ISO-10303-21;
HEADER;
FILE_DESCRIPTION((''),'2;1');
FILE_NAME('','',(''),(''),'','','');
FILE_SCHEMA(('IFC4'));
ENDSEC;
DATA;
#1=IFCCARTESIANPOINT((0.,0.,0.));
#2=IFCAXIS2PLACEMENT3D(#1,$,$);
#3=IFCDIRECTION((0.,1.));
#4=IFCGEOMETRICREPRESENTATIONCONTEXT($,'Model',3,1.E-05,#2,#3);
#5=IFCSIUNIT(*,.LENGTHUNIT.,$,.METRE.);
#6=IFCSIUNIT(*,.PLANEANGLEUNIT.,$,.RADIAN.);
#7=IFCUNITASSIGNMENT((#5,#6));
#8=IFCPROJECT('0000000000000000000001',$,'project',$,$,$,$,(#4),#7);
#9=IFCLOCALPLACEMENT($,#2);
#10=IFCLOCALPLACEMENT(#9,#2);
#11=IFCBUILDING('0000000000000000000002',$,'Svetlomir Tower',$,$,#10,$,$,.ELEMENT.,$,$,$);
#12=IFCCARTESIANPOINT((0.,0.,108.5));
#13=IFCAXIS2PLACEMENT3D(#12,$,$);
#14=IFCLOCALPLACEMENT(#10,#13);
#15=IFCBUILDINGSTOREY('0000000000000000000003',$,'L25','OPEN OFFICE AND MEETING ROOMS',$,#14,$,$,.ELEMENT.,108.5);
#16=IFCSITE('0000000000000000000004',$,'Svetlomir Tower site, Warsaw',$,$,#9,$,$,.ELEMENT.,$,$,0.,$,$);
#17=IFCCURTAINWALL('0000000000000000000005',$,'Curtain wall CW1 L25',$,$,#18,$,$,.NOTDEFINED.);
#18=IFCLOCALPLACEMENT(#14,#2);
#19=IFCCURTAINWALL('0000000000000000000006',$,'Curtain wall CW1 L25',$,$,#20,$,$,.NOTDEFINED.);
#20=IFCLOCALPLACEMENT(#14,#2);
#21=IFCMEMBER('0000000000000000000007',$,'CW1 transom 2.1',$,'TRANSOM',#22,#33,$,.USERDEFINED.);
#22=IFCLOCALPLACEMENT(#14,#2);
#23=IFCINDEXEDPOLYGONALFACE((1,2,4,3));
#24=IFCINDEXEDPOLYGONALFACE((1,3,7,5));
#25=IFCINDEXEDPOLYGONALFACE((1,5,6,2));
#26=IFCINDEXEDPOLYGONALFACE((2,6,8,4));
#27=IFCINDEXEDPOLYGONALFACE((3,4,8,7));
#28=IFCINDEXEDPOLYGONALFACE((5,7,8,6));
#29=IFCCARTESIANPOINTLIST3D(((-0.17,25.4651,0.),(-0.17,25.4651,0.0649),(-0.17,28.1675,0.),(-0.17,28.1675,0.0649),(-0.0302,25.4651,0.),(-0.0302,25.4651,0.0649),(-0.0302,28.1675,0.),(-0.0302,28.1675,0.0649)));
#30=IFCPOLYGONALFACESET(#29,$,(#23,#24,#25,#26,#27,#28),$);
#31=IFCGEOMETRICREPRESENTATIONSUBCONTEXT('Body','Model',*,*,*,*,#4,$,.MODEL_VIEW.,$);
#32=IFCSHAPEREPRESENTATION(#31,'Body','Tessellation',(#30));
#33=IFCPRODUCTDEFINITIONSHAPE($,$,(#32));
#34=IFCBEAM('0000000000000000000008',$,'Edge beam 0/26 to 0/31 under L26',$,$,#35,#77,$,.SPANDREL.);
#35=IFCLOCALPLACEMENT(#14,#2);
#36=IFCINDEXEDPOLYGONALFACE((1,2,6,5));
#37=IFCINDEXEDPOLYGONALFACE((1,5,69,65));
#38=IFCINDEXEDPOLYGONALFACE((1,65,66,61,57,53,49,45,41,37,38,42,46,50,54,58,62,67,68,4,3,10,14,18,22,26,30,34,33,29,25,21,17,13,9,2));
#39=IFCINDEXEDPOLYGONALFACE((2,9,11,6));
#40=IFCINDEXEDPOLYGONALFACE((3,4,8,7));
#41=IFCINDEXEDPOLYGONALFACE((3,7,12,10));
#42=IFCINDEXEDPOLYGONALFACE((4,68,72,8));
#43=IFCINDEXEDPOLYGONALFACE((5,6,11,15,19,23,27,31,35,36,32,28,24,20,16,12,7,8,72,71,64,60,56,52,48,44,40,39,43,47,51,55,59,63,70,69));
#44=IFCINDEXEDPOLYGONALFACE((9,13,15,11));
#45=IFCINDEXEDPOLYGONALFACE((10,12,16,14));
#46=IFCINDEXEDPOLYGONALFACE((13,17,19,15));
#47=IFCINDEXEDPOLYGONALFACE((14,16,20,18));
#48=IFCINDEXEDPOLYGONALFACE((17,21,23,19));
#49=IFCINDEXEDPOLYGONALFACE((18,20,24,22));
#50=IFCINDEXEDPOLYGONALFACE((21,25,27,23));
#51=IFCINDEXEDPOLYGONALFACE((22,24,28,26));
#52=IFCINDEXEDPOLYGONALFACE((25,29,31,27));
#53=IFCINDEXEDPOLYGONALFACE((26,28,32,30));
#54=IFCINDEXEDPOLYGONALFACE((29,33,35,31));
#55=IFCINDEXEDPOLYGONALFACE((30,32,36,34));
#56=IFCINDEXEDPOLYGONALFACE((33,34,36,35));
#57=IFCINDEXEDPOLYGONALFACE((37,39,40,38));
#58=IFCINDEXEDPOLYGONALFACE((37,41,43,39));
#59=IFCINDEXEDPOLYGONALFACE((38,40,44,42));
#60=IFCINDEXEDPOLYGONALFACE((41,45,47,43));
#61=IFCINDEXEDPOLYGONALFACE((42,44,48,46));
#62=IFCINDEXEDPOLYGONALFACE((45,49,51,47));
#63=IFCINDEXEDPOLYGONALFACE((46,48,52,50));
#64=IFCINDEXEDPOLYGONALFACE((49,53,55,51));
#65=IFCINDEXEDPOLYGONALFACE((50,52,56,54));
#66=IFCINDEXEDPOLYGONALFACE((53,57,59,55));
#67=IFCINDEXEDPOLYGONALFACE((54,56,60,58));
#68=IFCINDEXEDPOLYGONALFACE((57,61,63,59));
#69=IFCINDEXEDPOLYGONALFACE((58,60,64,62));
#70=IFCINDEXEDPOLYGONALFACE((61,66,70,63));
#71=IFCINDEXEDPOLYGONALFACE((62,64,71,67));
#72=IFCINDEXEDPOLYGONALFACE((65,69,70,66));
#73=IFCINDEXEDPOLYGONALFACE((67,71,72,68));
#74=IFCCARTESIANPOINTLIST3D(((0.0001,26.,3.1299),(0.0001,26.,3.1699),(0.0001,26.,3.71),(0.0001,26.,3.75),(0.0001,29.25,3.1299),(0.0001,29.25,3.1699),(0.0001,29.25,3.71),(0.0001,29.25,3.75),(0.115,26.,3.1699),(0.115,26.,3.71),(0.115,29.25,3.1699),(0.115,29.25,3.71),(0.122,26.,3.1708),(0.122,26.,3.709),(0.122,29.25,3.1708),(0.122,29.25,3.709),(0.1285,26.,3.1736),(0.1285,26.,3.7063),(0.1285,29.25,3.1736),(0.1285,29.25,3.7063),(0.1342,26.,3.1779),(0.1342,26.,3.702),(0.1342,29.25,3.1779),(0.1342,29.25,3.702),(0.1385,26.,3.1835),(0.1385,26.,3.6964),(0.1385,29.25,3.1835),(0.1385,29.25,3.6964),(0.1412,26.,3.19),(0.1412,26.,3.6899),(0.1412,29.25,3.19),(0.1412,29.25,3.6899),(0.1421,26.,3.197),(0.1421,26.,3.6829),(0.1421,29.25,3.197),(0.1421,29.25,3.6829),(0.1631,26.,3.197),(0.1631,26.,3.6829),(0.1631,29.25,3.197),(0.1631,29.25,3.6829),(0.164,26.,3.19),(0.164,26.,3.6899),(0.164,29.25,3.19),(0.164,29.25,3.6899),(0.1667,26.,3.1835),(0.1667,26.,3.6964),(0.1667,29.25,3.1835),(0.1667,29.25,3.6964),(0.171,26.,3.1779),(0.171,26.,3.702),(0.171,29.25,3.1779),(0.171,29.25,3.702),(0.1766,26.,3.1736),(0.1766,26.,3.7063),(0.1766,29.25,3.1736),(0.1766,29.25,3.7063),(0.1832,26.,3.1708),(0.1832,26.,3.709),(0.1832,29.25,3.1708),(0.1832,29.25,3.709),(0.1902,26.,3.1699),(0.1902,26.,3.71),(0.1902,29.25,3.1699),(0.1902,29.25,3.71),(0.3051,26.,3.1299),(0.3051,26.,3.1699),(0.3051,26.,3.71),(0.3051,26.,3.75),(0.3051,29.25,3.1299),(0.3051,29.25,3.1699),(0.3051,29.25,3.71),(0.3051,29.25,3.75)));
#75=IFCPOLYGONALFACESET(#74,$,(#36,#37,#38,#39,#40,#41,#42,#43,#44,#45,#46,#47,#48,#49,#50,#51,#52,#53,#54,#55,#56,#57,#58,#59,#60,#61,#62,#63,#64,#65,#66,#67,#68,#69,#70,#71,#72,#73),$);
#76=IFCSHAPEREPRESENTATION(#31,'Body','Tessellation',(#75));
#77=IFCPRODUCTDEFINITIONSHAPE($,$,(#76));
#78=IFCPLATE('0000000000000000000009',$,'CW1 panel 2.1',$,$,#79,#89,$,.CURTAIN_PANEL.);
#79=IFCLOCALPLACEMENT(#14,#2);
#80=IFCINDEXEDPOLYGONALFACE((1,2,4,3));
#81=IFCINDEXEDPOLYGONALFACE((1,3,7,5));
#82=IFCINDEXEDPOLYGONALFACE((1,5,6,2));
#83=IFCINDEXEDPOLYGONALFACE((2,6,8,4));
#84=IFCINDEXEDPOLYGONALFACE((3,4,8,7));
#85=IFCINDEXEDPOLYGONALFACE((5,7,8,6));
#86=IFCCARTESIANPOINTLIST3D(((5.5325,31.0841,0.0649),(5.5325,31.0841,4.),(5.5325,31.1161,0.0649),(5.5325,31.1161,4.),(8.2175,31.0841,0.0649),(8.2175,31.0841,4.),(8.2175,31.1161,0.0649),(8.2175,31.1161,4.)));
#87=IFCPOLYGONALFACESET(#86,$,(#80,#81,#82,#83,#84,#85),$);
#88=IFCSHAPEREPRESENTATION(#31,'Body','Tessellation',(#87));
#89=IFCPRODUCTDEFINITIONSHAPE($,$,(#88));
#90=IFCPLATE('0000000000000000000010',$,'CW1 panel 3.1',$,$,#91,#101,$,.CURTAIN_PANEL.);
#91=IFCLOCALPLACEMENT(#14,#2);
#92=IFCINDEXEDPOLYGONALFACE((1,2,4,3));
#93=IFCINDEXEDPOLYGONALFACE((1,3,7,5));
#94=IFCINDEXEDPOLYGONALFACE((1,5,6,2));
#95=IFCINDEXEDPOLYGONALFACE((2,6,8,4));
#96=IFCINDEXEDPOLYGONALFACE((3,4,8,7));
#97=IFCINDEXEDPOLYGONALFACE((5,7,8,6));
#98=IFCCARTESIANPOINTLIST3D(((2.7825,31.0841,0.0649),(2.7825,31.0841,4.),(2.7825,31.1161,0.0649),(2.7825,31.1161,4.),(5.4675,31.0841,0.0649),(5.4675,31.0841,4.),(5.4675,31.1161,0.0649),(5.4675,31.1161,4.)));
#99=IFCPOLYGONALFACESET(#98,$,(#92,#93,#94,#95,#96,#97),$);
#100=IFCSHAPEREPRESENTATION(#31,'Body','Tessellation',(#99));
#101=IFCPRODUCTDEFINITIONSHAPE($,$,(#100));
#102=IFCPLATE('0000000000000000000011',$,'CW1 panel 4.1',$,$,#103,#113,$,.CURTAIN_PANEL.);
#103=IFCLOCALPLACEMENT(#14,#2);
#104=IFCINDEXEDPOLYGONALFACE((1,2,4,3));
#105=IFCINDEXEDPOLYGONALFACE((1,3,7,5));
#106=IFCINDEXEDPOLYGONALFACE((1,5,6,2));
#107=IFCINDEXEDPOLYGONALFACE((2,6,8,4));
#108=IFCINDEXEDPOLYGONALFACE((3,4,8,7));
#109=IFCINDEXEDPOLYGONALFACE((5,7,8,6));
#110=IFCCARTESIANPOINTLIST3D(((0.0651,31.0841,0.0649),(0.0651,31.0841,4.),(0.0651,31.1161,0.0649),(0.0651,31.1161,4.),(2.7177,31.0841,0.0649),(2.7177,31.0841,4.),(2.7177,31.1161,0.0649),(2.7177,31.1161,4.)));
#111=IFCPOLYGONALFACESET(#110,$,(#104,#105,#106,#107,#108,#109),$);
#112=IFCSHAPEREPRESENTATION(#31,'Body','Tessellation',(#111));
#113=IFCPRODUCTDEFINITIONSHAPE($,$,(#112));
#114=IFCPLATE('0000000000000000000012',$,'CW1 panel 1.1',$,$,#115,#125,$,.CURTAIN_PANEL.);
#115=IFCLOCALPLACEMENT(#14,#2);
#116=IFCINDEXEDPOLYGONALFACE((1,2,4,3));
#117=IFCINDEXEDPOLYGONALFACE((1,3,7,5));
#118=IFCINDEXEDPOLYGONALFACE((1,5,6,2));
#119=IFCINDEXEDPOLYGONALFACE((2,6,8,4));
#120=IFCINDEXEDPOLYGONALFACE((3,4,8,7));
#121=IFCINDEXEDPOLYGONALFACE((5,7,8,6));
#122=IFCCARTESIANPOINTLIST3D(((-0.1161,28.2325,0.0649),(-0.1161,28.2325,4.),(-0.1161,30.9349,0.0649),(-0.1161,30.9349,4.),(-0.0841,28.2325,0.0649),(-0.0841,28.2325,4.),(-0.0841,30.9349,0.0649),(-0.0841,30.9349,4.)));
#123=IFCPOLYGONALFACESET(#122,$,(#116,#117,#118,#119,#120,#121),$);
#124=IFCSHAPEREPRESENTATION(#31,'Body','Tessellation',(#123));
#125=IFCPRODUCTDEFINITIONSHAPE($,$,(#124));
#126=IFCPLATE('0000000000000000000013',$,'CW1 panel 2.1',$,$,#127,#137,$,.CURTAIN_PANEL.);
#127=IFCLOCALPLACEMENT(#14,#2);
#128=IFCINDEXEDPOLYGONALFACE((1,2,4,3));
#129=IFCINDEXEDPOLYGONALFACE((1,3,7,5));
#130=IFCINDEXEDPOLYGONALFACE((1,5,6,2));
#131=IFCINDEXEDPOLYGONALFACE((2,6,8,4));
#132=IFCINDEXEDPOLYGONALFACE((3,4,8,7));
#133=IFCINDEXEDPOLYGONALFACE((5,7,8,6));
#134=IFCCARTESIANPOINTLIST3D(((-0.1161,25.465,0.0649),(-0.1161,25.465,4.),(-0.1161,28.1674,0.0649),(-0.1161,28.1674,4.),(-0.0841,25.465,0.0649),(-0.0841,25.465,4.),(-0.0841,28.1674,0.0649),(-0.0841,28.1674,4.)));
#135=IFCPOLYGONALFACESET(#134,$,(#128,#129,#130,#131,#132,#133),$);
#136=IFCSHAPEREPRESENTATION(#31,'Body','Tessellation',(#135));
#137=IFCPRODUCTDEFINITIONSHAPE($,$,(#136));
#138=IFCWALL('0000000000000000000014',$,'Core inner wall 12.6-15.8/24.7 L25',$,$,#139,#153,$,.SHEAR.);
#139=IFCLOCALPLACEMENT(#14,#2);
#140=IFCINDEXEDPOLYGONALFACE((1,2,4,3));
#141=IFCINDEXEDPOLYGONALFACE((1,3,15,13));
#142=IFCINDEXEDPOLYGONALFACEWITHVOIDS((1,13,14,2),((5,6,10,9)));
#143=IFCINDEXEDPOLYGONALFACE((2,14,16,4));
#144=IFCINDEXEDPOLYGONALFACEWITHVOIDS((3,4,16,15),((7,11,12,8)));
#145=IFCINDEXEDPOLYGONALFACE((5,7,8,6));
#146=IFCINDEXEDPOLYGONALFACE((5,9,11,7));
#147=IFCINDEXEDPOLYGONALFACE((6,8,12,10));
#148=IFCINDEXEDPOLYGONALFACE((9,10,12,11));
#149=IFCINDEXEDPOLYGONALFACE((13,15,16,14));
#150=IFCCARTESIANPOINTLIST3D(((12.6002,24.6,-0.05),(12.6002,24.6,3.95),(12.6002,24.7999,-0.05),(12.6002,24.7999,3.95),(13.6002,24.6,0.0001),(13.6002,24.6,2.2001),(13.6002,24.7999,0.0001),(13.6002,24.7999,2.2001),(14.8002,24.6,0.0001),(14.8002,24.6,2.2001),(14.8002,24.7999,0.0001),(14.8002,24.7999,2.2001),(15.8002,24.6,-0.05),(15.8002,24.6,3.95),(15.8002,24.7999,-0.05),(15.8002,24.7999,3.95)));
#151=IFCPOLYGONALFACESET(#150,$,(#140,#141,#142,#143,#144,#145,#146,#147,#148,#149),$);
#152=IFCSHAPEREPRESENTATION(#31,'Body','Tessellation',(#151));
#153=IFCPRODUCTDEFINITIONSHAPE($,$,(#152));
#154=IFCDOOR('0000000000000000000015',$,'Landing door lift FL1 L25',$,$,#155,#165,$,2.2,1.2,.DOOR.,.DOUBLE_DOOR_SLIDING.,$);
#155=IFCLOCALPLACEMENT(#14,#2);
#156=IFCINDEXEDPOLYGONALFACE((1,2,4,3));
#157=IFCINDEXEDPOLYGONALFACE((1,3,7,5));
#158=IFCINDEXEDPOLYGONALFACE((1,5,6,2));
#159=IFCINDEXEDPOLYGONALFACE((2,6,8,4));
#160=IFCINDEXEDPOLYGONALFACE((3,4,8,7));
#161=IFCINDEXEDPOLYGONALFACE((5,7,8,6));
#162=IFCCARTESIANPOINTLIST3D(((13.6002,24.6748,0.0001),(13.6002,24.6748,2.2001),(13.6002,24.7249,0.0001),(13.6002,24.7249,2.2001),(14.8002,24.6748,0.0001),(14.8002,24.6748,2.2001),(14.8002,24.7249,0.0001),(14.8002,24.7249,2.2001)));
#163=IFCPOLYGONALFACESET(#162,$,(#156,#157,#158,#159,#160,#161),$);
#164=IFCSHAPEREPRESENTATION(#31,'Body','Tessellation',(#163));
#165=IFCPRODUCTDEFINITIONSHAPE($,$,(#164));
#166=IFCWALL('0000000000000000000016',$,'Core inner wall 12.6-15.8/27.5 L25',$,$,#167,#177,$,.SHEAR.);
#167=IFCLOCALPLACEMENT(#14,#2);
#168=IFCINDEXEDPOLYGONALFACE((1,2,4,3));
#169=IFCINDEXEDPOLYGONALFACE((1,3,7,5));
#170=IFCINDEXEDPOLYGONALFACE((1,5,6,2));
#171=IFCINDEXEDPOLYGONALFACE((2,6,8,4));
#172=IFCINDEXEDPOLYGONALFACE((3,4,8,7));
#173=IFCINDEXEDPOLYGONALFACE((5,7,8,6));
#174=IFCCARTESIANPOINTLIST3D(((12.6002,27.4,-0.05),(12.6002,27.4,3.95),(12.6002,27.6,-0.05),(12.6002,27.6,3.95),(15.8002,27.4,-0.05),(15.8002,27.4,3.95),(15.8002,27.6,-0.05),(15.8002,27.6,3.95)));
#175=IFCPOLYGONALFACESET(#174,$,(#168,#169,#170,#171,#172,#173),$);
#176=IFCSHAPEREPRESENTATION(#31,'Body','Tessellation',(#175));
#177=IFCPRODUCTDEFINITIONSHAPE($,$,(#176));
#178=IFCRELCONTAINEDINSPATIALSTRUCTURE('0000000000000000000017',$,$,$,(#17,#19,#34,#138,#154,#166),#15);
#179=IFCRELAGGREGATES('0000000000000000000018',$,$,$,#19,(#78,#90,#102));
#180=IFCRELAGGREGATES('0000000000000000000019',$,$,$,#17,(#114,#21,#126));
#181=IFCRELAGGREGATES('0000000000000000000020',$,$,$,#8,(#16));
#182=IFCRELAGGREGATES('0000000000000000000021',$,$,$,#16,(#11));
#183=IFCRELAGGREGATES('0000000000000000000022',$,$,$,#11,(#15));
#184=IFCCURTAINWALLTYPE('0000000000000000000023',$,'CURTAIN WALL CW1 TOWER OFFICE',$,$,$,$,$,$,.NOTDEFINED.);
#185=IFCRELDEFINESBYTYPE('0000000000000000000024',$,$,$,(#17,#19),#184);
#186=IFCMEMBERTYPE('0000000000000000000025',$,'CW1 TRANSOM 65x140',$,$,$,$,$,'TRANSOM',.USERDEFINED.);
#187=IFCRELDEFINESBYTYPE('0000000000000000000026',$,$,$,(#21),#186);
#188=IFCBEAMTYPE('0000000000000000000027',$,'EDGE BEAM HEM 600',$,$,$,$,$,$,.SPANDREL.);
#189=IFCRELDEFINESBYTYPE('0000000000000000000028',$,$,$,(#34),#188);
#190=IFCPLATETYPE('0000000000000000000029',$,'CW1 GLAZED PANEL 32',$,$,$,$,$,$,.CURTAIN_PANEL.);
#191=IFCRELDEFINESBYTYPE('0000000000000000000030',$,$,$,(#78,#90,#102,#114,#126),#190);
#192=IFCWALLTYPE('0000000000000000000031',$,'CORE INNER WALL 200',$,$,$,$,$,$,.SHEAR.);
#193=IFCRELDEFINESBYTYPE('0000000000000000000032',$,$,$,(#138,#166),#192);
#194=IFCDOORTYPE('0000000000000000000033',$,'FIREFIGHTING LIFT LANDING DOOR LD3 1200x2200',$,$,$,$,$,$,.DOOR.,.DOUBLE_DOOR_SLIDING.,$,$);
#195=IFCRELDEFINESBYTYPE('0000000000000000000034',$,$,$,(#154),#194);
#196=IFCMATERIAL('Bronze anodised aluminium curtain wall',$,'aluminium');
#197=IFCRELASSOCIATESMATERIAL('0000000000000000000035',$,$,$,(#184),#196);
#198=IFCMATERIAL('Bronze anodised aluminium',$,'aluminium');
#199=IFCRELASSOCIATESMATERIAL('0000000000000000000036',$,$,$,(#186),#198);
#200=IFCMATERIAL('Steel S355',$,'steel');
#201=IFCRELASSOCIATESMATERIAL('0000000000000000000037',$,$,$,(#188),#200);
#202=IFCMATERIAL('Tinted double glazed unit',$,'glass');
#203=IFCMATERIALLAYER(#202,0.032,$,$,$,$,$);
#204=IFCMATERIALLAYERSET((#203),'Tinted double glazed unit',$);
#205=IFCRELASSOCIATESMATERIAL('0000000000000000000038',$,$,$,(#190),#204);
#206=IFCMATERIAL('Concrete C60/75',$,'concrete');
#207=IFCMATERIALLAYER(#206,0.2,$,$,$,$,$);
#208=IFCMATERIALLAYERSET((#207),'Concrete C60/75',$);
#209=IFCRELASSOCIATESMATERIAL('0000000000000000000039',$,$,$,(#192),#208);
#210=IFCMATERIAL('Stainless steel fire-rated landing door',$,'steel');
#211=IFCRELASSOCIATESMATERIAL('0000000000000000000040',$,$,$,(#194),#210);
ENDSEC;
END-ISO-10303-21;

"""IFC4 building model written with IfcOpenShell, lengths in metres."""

from ifc_helpers import new_model, si_unit, direction, frame, frame_2d, origin, origin_2d, place, context, subcontext, project, spatial, rectangle, i_section, extrude, material, layer, layer_set, material_profile, profile_set, type_object, element, fill, aggregate, save


model = new_model("IFC4")

# Units and contexts
model_context = context("Model", 3, precision=1e-05, world=origin(), true_north=direction((0.0, 1.0)))
body_context = subcontext(model_context, "Body", "Model", "MODEL_VIEW")
ifc_project = project(units=[si_unit("LENGTHUNIT", "METRE"), si_unit("PLANEANGLEUNIT", "RADIAN")], contexts=[model_context])

# Site, building, storey
site_placement = place(None, origin())
site = spatial("IfcSite", under=ifc_project, at=site_placement, Name="Svetlomir Tower site, Warsaw", CompositionType="ELEMENT", RefElevation=0.0)
building_placement = place(site_placement, origin())
building = spatial("IfcBuilding", under=site, at=building_placement, Name="Svetlomir Tower", CompositionType="ELEMENT")
storey_placement = place(building_placement, frame((0.0, 0.0, 108.5)))
storey = spatial("IfcBuildingStorey", under=building, at=storey_placement, Name="L25", Description="OPEN OFFICE AND MEETING ROOMS", CompositionType="ELEMENT", Elevation=108.5)

# Curtain wall
ifc_material_1 = material(Name="Bronze anodised aluminium curtain wall", Category="aluminium")
curtain_wall_type = type_object("IfcCurtainWallType", Name="CURTAIN WALL CW1 TOWER OFFICE", PredefinedType="NOTDEFINED", material=ifc_material_1)
curtain_wall_1_placement = place(storey_placement, origin())
curtain_wall_1 = element("IfcCurtainWall", 1, at=curtain_wall_1_placement, inside=storey, type_object=curtain_wall_type, Name="Curtain wall CW1 L25", PredefinedType="NOTDEFINED")

# Curtain wall
curtain_wall_2_placement = place(storey_placement, origin())
curtain_wall_2 = element("IfcCurtainWall", 2, at=curtain_wall_2_placement, inside=storey, type_object=curtain_wall_type, Name="Curtain wall CW1 L25", PredefinedType="NOTDEFINED")

# Member
ifc_material_2 = material(Name="Bronze anodised aluminium", Category="aluminium")
ifc_material_profile_1 = material_profile(ifc_material_2, rectangle(XDim=0.1399, YDim=0.0649, at=origin_2d()), Name="AL 140x65")
ifc_profile_set_1 = profile_set([ifc_material_profile_1], Name="Bronze anodised aluminium 6063-T6")
member_type_1 = type_object("IfcMemberType", Name="CW1 TRANSOM 65x140", ElementType="TRANSOM", PredefinedType="USERDEFINED", material=ifc_profile_set_1)
member_1_placement = place(storey_placement, frame((-0.1001, 28.1675, 0.0325), z_axis=(0.0, -1.0, 0.0), x_axis=(1.0, 0.0, 0.0)))
member_1 = element("IfcMember", 3, at=member_1_placement, type_object=member_type_1, Name="CW1 transom 2.1", ObjectType="TRANSOM", PredefinedType="USERDEFINED", context=body_context, shape_type="SweptSolid", body=[
    extrude(rectangle(XDim=0.1399, YDim=0.0649, at=origin_2d()), origin(), (0.0, 0.0, 1.0), 2.7024),
])

# Beam
ifc_material_3 = material(Name="Steel S355", Category="steel")
ifc_material_profile_2 = material_profile(ifc_material_3, i_section(OverallWidth=0.3049, OverallDepth=0.6201, WebThickness=0.021, FlangeThickness=0.04, FilletRadius=0.0271, at=origin_2d()), Name="HEM 600")
ifc_profile_set_2 = profile_set([ifc_material_profile_2], Name="Steel S355")
beam_type_1 = type_object("IfcBeamType", Name="EDGE BEAM HEM 600", PredefinedType="SPANDREL", material=ifc_profile_set_2)
beam_1_placement = place(storey_placement, frame((0.1526, 26.0, 3.4399), z_axis=(0.0, 1.0, 0.0), x_axis=(-1.0, 0.0, 0.0)))
element("IfcBeam", 4, at=beam_1_placement, inside=storey, type_object=beam_type_1, Name="Edge beam 0/26 to 0/31 under L26", PredefinedType="SPANDREL", context=body_context, shape_type="SweptSolid", body=[
    extrude(i_section(OverallWidth=0.3049, OverallDepth=0.6201, WebThickness=0.021, FlangeThickness=0.04, FilletRadius=0.0271, at=origin_2d()), origin(), (0.0, 0.0, 1.0), 3.25),
])

# Plates
ifc_material_4 = material(Name="Tinted double glazed unit", Category="glass")
ifc_layer_1 = layer(ifc_material_4, 0.032)
ifc_layer_set_1 = layer_set([ifc_layer_1], Name="Tinted double glazed unit")
plate_type = type_object("IfcPlateType", Name="CW1 GLAZED PANEL 32", PredefinedType="CURTAIN_PANEL", material=ifc_layer_set_1)
plate_1_placement = place(storey_placement, frame((6.875, 31.1001, 0.0649), z_axis=(0.0, 0.0, 1.0), x_axis=(-1.0, 0.0, 0.0)))
plate_1 = element("IfcPlate", 5, at=plate_1_placement, type_object=plate_type, Name="CW1 panel 2.1", PredefinedType="CURTAIN_PANEL", context=body_context, shape_type="SweptSolid", body=[
    extrude(rectangle(XDim=2.6851, YDim=0.032, at=origin_2d()), origin(), (0.0, 0.0, 1.0), 3.9351),
])
plate_2_placement = place(storey_placement, frame((4.125, 31.1001, 0.0649), z_axis=(0.0, 0.0, 1.0), x_axis=(-1.0, 0.0, 0.0)))
plate_2 = element("IfcPlate", 6, at=plate_2_placement, type_object=plate_type, Name="CW1 panel 3.1", PredefinedType="CURTAIN_PANEL", context=body_context, shape_type="SweptSolid", body=[
    extrude(rectangle(XDim=2.6851, YDim=0.032, at=origin_2d()), origin(), (0.0, 0.0, 1.0), 3.9351),
])
plate_3_placement = place(storey_placement, frame((1.3914, 31.1001, 0.0649), z_axis=(0.0, 0.0, 1.0), x_axis=(-1.0, 0.0, 0.0)))
plate_3 = element("IfcPlate", 7, at=plate_3_placement, type_object=plate_type, Name="CW1 panel 4.1", PredefinedType="CURTAIN_PANEL", context=body_context, shape_type="SweptSolid", body=[
    extrude(rectangle(XDim=2.6526, YDim=0.032, at=origin_2d()), origin(), (0.0, 0.0, 1.0), 3.9351),
])
aggregate(curtain_wall_2, [plate_1, plate_2, plate_3])
plate_4_placement = place(storey_placement, frame((-0.1001, 29.5837, 0.0649), z_axis=(0.0, 0.0, 1.0), x_axis=(0.0, -1.0, 0.0)))
plate_4 = element("IfcPlate", 8, at=plate_4_placement, type_object=plate_type, Name="CW1 panel 1.1", PredefinedType="CURTAIN_PANEL", context=body_context, shape_type="SweptSolid", body=[
    extrude(rectangle(XDim=2.7024, YDim=0.032, at=origin_2d()), origin(), (0.0, 0.0, 1.0), 3.9351),
])
plate_5_placement = place(storey_placement, frame((-0.1001, 26.8162, 0.0649), z_axis=(0.0, 0.0, 1.0), x_axis=(0.0, -1.0, 0.0)))
plate_5 = element("IfcPlate", 9, at=plate_5_placement, type_object=plate_type, Name="CW1 panel 2.1", PredefinedType="CURTAIN_PANEL", context=body_context, shape_type="SweptSolid", body=[
    extrude(rectangle(XDim=2.7024, YDim=0.032, at=origin_2d()), origin(), (0.0, 0.0, 1.0), 3.9351),
])
aggregate(curtain_wall_1, [plate_4, member_1, plate_5])

# Wall, opening, door
ifc_material_5 = material(Name="Concrete C60/75", Category="concrete")
ifc_layer_2 = layer(ifc_material_5, 0.2)
ifc_layer_set_2 = layer_set([ifc_layer_2], Name="Concrete C60/75")
wall_type_1 = type_object("IfcWallType", Name="CORE INNER WALL 200", PredefinedType="SHEAR", material=ifc_layer_set_2)
wall_1_placement = place(storey_placement, frame((12.6001, 24.7, -0.05), z_axis=(0.0, 0.0, 1.0), x_axis=(1.0, 0.0, 0.0)))
wall_1 = element("IfcWall", 10, at=wall_1_placement, inside=storey, type_object=wall_type_1, Name="Core inner wall 12.6-15.8/24.7 L25", PredefinedType="SHEAR", context=body_context, shape_type="SweptSolid", body=[
    extrude(rectangle(XDim=3.2, YDim=0.2, at=frame_2d((1.6001, 0.0))), origin(), (0.0, 0.0, 1.0), 4.0),
])
opening_1_placement = place(wall_1_placement, frame((1.0, 0.0, 0.05)))
opening_1 = element("IfcOpeningElement", 11, at=opening_1_placement, cuts=wall_1, PredefinedType="OPENING", context=body_context, shape_type="SweptSolid", body=[
    extrude(rectangle(XDim=1.2, YDim=2.2, at=frame_2d((0.6001, 1.1001))), frame((0.0, 0.1099, 0.0), z_axis=(0.0, -1.0, 0.0), x_axis=(1.0, 0.0, 0.0)), (0.0, 0.0, 1.0), 0.22),
])
ifc_material_6 = material(Name="Stainless steel fire-rated landing door", Category="steel")
door_type_1 = type_object("IfcDoorType", Name="FIREFIGHTING LIFT LANDING DOOR LD3 1200x2200", OperationType="DOUBLE_DOOR_SLIDING", PredefinedType="DOOR", material=ifc_material_6)
door_1_placement = place(opening_1_placement, origin())
door_1 = element("IfcDoor", 12, at=door_1_placement, inside=storey, type_object=door_type_1, Name="Landing door lift FL1 L25", OperationType="DOUBLE_DOOR_SLIDING", OverallHeight=2.2, OverallWidth=1.2, PredefinedType="DOOR", context=body_context, shape_type="SweptSolid", body=[
    extrude(rectangle(XDim=1.2, YDim=2.2, at=frame_2d((0.6001, 1.1001))), frame((0.0, 0.0249, 0.0), z_axis=(0.0, -1.0, 0.0), x_axis=(1.0, 0.0, 0.0)), (0.0, 0.0, 1.0), 0.05),
])
fill(opening_1, door_1)

# Wall
wall_2_placement = place(storey_placement, frame((12.6001, 27.5, -0.05), z_axis=(0.0, 0.0, 1.0), x_axis=(1.0, 0.0, 0.0)))
element("IfcWall", 13, at=wall_2_placement, inside=storey, type_object=wall_type_1, Name="Core inner wall 12.6-15.8/27.5 L25", PredefinedType="SHEAR", context=body_context, shape_type="SweptSolid", body=[
    extrude(rectangle(XDim=3.2, YDim=0.2, at=frame_2d((1.6001, 0.0))), origin(), (0.0, 0.0, 1.0), 4.0),
])

save(model, "model.ifc")
